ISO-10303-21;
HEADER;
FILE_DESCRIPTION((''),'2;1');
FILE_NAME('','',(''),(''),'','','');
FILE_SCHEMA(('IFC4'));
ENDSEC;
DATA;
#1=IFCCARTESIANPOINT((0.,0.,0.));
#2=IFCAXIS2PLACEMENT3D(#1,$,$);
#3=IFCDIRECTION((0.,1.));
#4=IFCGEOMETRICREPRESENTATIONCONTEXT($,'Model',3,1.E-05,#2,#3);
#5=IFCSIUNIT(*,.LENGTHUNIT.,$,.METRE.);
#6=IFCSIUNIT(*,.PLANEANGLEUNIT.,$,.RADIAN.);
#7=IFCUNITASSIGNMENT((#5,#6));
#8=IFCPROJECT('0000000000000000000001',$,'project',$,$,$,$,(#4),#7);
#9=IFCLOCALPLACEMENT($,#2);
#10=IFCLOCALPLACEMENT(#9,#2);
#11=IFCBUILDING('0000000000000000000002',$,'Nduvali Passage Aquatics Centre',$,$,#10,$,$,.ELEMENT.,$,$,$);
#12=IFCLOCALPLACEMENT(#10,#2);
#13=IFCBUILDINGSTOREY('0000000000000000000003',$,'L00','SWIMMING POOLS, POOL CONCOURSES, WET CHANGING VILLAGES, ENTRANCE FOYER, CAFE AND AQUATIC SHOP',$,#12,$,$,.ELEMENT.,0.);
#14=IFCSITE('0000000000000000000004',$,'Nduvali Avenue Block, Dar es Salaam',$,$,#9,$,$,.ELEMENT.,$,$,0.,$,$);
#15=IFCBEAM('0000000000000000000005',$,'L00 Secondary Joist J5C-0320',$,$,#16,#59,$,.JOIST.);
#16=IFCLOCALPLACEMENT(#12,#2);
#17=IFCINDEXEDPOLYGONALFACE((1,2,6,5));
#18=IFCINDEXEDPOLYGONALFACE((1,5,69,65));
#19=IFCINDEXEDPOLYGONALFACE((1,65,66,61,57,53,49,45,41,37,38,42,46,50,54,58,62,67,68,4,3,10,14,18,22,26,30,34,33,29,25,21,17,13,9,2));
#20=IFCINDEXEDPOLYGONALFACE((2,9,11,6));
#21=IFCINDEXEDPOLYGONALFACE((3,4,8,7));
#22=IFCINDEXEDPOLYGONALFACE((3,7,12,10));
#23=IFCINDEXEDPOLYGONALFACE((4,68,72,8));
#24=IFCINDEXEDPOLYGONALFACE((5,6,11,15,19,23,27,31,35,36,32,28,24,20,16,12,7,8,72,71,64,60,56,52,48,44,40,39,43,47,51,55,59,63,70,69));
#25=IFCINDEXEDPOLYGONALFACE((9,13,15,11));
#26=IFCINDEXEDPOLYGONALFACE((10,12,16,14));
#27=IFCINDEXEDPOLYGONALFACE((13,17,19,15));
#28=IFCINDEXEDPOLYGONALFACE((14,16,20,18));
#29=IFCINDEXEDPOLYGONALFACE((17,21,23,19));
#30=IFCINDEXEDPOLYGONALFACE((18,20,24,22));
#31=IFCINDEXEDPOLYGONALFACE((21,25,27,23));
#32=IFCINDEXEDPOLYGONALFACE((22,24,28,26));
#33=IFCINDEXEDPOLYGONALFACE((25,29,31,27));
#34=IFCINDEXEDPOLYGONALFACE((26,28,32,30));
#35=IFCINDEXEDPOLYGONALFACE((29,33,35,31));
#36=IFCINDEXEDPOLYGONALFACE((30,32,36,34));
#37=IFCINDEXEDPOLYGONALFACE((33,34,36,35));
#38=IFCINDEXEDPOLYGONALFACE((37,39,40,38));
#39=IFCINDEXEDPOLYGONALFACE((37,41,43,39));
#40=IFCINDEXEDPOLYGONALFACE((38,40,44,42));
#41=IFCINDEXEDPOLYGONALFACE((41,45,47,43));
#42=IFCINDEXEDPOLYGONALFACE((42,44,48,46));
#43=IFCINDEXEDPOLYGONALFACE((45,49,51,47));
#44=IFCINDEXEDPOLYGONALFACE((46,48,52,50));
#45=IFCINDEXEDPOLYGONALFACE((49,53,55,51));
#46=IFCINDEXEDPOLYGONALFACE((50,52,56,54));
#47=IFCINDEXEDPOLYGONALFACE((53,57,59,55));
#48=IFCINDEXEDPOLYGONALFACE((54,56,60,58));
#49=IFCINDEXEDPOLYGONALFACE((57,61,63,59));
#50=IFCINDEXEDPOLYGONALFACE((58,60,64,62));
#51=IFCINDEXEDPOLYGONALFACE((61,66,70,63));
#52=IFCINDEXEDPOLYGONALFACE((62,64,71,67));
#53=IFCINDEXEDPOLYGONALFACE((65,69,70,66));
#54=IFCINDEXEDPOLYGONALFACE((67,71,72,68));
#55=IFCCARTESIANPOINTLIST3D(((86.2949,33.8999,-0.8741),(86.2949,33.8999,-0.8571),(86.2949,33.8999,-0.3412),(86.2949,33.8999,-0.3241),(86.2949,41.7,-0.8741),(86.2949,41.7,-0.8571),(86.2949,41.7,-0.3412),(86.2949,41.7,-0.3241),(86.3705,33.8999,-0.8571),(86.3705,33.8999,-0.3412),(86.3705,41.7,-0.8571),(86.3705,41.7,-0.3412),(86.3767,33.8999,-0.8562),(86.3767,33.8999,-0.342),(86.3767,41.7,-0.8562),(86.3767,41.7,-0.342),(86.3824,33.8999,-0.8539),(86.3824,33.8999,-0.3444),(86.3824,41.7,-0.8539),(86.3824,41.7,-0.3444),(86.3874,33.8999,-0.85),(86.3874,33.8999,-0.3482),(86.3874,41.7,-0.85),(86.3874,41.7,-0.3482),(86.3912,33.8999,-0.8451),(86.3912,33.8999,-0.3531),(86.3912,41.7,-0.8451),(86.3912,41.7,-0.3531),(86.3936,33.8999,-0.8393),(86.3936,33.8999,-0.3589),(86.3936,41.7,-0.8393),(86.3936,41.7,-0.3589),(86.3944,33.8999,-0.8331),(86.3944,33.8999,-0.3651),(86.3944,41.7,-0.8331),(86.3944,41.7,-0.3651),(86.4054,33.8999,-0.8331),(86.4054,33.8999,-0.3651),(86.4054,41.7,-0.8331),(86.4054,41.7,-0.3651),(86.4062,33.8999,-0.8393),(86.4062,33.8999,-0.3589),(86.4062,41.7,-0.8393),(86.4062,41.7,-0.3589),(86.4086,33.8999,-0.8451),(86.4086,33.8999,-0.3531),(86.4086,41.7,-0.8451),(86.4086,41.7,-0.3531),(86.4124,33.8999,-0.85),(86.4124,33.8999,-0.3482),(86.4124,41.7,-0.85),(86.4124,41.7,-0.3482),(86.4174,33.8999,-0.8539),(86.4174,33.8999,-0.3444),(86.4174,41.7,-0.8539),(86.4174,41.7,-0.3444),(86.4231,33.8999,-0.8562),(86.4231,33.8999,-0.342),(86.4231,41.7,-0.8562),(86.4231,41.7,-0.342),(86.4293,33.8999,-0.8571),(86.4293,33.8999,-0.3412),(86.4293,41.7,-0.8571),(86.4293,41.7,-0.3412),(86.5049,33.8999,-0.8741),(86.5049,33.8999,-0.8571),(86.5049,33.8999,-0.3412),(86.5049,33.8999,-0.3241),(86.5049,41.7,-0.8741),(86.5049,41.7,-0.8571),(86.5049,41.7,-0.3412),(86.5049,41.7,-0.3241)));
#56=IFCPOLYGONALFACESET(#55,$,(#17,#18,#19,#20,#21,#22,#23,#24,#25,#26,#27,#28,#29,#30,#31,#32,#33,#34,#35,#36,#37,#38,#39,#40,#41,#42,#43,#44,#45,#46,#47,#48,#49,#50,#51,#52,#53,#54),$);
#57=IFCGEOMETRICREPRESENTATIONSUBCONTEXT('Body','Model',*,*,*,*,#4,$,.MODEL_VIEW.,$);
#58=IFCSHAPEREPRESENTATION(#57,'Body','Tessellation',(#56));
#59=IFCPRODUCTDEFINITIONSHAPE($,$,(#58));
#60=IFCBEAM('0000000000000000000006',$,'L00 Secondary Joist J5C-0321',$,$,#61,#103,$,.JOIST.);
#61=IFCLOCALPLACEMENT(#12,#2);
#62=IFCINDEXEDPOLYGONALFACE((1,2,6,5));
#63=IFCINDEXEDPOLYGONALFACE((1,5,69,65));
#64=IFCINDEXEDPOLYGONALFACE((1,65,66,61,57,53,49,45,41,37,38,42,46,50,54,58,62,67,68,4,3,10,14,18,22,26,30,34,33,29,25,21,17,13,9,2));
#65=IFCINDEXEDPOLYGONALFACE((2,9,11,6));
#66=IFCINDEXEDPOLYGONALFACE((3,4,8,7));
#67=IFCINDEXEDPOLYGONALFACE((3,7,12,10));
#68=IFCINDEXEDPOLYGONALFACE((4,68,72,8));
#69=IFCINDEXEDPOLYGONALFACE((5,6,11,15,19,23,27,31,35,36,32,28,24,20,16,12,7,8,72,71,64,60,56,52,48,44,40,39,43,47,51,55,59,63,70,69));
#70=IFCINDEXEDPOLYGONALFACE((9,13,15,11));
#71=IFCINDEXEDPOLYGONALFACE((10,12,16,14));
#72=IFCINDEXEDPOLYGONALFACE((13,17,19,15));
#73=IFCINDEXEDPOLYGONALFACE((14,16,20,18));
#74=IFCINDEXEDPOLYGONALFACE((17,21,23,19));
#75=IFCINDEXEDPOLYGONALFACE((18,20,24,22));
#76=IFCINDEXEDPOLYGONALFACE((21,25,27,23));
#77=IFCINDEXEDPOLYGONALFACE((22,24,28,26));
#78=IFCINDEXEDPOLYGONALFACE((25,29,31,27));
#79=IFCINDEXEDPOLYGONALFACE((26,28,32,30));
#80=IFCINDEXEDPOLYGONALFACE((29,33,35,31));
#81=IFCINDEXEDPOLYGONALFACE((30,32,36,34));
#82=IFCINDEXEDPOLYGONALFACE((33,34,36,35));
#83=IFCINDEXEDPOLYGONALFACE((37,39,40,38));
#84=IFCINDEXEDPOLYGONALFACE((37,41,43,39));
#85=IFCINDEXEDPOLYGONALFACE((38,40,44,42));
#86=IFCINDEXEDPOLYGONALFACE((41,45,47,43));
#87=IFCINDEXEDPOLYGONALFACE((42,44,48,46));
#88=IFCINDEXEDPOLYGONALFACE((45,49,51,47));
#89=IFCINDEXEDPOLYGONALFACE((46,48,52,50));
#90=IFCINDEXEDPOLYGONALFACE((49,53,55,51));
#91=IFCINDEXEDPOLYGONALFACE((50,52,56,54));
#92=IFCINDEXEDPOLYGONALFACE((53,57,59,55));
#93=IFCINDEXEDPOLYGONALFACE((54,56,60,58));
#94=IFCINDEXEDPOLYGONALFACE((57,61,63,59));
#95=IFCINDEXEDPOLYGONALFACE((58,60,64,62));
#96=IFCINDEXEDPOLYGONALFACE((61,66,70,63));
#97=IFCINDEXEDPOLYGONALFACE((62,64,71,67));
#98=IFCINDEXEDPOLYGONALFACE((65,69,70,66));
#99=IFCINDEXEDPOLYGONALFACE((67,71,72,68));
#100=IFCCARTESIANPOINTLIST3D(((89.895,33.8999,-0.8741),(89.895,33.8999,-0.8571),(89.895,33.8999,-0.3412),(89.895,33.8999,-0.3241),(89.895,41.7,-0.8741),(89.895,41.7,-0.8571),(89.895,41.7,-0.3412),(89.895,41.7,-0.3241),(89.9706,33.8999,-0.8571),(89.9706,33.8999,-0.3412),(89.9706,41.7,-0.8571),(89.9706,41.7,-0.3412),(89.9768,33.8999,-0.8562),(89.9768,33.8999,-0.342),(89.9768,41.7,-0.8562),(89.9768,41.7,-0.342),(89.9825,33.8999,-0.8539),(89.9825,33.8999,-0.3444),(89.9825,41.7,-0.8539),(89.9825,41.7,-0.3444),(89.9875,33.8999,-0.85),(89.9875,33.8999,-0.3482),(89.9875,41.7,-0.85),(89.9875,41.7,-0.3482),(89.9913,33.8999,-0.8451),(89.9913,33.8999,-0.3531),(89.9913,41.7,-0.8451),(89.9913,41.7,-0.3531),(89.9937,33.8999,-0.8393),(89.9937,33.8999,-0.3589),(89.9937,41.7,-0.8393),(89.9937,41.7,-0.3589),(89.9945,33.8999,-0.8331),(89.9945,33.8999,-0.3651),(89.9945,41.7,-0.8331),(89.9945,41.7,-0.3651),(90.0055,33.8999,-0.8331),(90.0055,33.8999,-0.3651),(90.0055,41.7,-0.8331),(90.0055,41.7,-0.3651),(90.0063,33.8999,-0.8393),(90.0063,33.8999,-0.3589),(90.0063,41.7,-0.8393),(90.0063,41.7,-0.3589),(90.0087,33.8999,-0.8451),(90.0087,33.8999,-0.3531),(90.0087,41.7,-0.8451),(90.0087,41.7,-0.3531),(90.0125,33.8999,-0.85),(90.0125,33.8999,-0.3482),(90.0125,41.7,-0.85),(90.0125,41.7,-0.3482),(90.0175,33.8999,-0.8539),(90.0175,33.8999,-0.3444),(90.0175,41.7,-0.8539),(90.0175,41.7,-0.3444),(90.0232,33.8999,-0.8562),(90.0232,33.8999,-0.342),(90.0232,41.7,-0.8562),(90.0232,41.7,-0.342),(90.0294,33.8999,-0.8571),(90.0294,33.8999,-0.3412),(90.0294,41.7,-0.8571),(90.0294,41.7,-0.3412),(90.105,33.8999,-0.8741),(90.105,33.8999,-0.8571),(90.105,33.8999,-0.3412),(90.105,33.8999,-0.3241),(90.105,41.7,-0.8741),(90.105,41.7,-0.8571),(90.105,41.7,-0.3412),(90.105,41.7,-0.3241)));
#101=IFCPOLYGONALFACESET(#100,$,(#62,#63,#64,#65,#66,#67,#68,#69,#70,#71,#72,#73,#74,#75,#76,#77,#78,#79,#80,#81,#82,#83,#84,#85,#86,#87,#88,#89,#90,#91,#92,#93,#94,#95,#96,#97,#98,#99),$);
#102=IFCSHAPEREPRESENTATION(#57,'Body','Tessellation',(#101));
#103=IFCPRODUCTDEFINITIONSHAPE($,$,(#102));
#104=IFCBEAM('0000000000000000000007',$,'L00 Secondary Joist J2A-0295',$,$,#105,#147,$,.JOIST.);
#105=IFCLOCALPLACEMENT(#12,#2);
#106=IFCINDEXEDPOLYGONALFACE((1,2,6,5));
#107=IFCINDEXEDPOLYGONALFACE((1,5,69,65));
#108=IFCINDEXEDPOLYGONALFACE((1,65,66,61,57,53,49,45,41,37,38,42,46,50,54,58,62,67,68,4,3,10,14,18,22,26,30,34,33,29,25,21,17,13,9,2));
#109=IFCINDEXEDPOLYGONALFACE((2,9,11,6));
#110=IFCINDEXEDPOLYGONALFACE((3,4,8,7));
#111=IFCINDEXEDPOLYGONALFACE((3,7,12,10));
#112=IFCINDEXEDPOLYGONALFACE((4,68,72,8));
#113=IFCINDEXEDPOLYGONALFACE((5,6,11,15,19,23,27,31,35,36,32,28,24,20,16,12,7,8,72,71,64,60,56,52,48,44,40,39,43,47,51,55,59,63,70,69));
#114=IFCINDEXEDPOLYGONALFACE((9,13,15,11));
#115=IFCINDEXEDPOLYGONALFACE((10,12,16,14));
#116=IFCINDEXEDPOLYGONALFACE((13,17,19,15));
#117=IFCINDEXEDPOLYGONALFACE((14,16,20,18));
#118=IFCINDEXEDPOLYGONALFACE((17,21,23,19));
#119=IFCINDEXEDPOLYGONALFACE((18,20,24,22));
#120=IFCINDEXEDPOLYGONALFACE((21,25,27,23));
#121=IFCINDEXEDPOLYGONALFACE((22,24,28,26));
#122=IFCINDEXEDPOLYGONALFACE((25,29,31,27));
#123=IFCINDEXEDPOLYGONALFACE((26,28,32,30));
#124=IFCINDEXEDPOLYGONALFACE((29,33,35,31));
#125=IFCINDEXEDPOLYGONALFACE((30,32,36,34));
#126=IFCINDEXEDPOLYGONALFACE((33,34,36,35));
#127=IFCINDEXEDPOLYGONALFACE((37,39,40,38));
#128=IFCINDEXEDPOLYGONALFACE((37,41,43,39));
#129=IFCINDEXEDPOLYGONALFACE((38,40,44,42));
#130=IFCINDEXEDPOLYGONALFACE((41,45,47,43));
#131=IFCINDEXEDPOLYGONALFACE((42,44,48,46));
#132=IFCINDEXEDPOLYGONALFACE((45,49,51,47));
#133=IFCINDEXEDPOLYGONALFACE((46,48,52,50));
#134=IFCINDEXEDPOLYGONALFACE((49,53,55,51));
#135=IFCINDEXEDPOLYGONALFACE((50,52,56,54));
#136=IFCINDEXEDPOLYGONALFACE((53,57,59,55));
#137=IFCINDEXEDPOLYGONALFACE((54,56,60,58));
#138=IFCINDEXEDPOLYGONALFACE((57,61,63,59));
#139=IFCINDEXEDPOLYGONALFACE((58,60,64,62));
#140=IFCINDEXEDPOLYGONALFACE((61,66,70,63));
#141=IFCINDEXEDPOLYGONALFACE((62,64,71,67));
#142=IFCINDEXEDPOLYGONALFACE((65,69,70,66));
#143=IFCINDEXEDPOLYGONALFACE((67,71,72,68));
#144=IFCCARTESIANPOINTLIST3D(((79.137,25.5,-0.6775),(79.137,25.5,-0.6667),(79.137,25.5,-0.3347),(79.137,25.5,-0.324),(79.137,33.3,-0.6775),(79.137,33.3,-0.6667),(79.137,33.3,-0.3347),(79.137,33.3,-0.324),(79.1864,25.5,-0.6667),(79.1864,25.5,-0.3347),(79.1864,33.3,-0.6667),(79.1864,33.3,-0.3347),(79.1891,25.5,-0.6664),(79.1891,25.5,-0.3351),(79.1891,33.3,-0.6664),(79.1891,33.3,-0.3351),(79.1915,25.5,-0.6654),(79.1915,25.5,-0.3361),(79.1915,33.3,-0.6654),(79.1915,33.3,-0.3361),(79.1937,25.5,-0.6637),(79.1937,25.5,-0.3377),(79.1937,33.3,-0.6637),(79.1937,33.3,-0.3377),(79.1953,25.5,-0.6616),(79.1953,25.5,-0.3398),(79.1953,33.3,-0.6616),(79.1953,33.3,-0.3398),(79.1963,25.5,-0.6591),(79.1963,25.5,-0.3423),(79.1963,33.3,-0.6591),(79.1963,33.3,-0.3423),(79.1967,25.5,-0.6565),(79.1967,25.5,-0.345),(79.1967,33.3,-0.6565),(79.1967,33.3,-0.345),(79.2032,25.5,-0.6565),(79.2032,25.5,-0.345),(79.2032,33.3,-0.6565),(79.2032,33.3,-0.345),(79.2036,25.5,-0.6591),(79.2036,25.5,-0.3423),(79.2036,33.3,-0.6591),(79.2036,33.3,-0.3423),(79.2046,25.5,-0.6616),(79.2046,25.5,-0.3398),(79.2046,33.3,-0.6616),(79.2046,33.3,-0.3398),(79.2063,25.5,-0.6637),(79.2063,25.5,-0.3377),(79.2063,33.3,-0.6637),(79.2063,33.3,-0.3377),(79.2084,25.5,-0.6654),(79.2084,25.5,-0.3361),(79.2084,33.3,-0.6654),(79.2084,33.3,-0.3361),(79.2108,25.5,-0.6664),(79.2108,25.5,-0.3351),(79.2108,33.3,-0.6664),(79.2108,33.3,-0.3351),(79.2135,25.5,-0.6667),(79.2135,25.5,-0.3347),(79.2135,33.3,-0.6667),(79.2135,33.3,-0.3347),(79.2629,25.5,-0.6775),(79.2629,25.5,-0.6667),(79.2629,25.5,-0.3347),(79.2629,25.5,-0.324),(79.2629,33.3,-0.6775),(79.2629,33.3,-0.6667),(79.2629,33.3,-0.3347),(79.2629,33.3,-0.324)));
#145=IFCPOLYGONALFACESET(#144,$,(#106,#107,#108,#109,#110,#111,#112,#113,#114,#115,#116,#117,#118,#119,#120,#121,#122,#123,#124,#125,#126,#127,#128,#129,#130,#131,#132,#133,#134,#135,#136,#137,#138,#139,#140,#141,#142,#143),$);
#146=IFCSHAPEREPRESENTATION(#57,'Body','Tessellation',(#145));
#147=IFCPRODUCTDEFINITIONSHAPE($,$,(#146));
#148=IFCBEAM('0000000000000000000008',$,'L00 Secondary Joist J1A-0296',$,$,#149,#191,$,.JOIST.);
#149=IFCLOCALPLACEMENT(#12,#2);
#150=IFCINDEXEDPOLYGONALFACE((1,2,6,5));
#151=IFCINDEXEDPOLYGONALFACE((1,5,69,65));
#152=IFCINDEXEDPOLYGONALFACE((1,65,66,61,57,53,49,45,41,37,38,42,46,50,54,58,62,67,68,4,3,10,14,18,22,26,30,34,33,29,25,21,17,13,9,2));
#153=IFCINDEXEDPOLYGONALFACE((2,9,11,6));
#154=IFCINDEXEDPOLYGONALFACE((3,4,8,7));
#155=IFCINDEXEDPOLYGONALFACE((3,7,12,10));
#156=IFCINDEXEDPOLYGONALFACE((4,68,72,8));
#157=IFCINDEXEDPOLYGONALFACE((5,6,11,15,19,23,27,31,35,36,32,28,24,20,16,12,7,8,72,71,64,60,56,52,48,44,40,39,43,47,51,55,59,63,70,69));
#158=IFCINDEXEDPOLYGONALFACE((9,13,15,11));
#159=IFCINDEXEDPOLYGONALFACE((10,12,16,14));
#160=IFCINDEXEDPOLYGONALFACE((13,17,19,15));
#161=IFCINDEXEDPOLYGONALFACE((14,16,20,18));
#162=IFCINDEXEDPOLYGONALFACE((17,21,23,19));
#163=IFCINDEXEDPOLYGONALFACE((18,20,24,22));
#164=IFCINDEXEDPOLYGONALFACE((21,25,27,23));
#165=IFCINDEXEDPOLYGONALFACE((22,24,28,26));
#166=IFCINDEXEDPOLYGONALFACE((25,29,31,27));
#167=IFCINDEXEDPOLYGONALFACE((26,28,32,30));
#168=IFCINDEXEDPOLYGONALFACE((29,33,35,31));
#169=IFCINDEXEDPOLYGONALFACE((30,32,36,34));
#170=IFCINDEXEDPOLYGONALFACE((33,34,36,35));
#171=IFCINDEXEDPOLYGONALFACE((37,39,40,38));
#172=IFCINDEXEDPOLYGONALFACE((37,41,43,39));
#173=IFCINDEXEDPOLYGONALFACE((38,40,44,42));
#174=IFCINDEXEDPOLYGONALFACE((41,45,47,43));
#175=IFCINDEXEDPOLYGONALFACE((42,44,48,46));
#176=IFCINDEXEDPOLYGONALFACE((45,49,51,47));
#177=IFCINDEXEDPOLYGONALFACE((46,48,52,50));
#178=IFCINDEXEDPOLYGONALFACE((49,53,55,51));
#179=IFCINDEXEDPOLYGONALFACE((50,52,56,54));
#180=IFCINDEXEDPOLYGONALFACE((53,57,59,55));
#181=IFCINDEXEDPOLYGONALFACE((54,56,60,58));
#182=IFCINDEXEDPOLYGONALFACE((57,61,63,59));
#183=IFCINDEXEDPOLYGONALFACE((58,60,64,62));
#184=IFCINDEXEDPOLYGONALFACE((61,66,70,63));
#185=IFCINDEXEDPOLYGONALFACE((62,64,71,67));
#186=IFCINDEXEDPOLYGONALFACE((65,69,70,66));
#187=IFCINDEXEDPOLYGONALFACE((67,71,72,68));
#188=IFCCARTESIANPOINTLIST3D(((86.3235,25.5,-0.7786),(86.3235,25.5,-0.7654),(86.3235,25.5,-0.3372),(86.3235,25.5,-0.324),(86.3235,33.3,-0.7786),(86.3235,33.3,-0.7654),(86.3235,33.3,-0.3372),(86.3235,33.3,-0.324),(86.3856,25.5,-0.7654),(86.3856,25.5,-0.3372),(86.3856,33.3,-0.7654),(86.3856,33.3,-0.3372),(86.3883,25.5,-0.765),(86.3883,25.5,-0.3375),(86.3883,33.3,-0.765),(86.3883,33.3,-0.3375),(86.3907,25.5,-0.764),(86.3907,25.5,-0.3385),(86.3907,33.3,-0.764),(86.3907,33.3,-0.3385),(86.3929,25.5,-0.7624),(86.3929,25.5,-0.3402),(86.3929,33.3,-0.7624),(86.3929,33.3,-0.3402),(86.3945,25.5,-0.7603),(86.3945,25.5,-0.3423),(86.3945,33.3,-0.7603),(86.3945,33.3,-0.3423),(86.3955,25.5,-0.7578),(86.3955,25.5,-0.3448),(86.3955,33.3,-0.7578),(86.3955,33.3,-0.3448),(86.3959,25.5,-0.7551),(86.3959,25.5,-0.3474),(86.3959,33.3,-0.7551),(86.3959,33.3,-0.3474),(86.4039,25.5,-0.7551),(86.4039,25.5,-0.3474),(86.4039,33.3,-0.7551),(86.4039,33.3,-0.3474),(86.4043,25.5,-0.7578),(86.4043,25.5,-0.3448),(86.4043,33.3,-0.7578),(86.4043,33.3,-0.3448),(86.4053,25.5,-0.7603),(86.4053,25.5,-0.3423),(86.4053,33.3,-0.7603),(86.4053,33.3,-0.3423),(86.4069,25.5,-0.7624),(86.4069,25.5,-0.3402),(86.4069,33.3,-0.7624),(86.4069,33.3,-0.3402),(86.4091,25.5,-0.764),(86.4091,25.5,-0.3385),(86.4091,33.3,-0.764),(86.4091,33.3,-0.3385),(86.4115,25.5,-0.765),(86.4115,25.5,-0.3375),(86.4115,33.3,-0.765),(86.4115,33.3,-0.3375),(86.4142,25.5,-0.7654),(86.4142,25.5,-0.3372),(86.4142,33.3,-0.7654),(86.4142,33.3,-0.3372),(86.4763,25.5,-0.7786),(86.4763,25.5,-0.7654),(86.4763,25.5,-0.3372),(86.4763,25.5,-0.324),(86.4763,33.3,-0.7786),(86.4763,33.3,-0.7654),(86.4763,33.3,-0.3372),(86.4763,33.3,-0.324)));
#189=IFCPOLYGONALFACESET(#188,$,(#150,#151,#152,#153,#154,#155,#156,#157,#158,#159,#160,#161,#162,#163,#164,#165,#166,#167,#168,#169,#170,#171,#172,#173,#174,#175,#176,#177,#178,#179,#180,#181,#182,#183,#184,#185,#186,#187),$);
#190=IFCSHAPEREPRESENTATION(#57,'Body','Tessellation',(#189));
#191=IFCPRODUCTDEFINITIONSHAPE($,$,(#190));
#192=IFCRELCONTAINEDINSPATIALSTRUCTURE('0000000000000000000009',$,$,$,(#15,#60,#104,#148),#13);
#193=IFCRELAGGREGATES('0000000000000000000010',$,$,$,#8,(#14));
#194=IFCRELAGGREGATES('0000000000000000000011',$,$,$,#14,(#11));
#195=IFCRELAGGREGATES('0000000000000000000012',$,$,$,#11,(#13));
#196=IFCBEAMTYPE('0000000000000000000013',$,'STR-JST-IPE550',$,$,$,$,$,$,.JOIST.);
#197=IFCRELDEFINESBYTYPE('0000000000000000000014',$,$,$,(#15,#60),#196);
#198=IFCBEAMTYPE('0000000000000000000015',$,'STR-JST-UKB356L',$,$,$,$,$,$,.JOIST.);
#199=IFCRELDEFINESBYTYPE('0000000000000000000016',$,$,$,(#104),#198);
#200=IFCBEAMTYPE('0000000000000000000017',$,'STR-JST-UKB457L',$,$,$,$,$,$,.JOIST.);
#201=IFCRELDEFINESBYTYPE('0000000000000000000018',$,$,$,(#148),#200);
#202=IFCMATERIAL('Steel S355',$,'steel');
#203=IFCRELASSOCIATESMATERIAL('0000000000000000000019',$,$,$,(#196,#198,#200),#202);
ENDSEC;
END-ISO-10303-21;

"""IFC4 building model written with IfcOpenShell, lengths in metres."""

from ifc_helpers import new_model, si_unit, direction, frame, origin, origin_2d, place, context, subcontext, project, spatial, i_section, extrude, material, material_profile, profile_set, type_object, element, save


model = new_model("IFC4")

# Units and contexts
model_context = context("Model", 3, precision=1e-05, world=origin(), true_north=direction((0.0, 1.0)))
body_context = subcontext(model_context, "Body", "Model", "MODEL_VIEW")
ifc_project = project(units=[si_unit("LENGTHUNIT", "METRE"), si_unit("PLANEANGLEUNIT", "RADIAN")], contexts=[model_context])

# Site, building, storey
site_placement = place(None, origin())
site = spatial("IfcSite", under=ifc_project, at=site_placement, Name="Nduvali Avenue Block, Dar es Salaam", CompositionType="ELEMENT", RefElevation=0.0)
building_placement = place(site_placement, origin())
building = spatial("IfcBuilding", under=site, at=building_placement, Name="Nduvali Passage Aquatics Centre", CompositionType="ELEMENT")
storey_placement = place(building_placement, origin())
storey = spatial("IfcBuildingStorey", under=building, at=storey_placement, Name="L00", Description="SWIMMING POOLS, POOL CONCOURSES, WET CHANGING VILLAGES, ENTRANCE FOYER, CAFE AND AQUATIC SHOP", CompositionType="ELEMENT", Elevation=0.0)

# Beams
ifc_material_1 = material(Name="Steel S355", Category="steel")
ifc_material_profile_1 = material_profile(ifc_material_1, i_section(OverallWidth=0.21, OverallDepth=0.55, WebThickness=0.011, FlangeThickness=0.0171, FilletRadius=0.0239, at=origin_2d()), Name="IPE 550")
ifc_profile_set_1 = profile_set([ifc_material_profile_1], Name="Steel S355")
beam_type_1 = type_object("IfcBeamType", Name="STR-JST-IPE550", PredefinedType="JOIST", material=ifc_profile_set_1)
for number, where, z_axis, x_axis, name in (
    (1, (86.3999, 33.8999, -0.5991), (0.0, 1.0, 0.0), (-1.0, 0.0, 0.0), "L00 Secondary Joist J5C-0320"),
    (2, (90.0, 33.8999, -0.5991), (0.0, 1.0, 0.0), (-1.0, 0.0, 0.0), "L00 Secondary Joist J5C-0321"),
):
    element("IfcBeam", number, at=place(storey_placement, frame(where, z_axis=z_axis, x_axis=x_axis)), inside=storey, type_object=beam_type_1, Name=name, PredefinedType="JOIST", context=body_context, shape_type="SweptSolid", body=[
        extrude(i_section(OverallWidth=0.21, OverallDepth=0.55, WebThickness=0.011, FlangeThickness=0.0171, FilletRadius=0.0239, at=origin_2d()), origin(), (0.0, 0.0, 1.0), 7.8),
    ])
ifc_material_profile_2 = material_profile(ifc_material_1, i_section(OverallWidth=0.126, OverallDepth=0.3535, WebThickness=0.0066, FlangeThickness=0.0107, FilletRadius=0.0103, at=origin_2d()), Name="UKB 356x127x39")
ifc_profile_set_2 = profile_set([ifc_material_profile_2], Name="Steel S355")
beam_type_2 = type_object("IfcBeamType", Name="STR-JST-UKB356L", PredefinedType="JOIST", material=ifc_profile_set_2)
beam_1_placement = place(storey_placement, frame((79.2, 25.5, -0.5007), z_axis=(0.0, 1.0, 0.0), x_axis=(-1.0, 0.0, 0.0)))
element("IfcBeam", 3, at=beam_1_placement, inside=storey, type_object=beam_type_2, Name="L00 Secondary Joist J2A-0295", PredefinedType="JOIST", context=body_context, shape_type="SweptSolid", body=[
    extrude(i_section(OverallWidth=0.126, OverallDepth=0.3535, WebThickness=0.0066, FlangeThickness=0.0107, FilletRadius=0.0103, at=origin_2d()), origin(), (0.0, 0.0, 1.0), 7.8),
])
ifc_material_profile_3 = material_profile(ifc_material_1, i_section(OverallWidth=0.1528, OverallDepth=0.4546, WebThickness=0.0081, FlangeThickness=0.0132, FilletRadius=0.0103, at=origin_2d()), Name="UKB 457x152x60")
ifc_profile_set_3 = profile_set([ifc_material_profile_3], Name="Steel S355")
beam_type_3 = type_object("IfcBeamType", Name="STR-JST-UKB457L", PredefinedType="JOIST", material=ifc_profile_set_3)
for number, where, z_axis, x_axis, name in (
    (4, (86.3999, 25.5, -0.5513), (0.0, 1.0, 0.0), (-1.0, 0.0, 0.0), "L00 Secondary Joist J1A-0296"),
):
    element("IfcBeam", number, at=place(storey_placement, frame(where, z_axis=z_axis, x_axis=x_axis)), inside=storey, type_object=beam_type_3, Name=name, PredefinedType="JOIST", context=body_context, shape_type="SweptSolid", body=[
        extrude(i_section(OverallWidth=0.1528, OverallDepth=0.4546, WebThickness=0.0081, FlangeThickness=0.0132, FilletRadius=0.0103, at=origin_2d()), origin(), (0.0, 0.0, 1.0), 7.8),
    ])

save(model, "model.ifc")
